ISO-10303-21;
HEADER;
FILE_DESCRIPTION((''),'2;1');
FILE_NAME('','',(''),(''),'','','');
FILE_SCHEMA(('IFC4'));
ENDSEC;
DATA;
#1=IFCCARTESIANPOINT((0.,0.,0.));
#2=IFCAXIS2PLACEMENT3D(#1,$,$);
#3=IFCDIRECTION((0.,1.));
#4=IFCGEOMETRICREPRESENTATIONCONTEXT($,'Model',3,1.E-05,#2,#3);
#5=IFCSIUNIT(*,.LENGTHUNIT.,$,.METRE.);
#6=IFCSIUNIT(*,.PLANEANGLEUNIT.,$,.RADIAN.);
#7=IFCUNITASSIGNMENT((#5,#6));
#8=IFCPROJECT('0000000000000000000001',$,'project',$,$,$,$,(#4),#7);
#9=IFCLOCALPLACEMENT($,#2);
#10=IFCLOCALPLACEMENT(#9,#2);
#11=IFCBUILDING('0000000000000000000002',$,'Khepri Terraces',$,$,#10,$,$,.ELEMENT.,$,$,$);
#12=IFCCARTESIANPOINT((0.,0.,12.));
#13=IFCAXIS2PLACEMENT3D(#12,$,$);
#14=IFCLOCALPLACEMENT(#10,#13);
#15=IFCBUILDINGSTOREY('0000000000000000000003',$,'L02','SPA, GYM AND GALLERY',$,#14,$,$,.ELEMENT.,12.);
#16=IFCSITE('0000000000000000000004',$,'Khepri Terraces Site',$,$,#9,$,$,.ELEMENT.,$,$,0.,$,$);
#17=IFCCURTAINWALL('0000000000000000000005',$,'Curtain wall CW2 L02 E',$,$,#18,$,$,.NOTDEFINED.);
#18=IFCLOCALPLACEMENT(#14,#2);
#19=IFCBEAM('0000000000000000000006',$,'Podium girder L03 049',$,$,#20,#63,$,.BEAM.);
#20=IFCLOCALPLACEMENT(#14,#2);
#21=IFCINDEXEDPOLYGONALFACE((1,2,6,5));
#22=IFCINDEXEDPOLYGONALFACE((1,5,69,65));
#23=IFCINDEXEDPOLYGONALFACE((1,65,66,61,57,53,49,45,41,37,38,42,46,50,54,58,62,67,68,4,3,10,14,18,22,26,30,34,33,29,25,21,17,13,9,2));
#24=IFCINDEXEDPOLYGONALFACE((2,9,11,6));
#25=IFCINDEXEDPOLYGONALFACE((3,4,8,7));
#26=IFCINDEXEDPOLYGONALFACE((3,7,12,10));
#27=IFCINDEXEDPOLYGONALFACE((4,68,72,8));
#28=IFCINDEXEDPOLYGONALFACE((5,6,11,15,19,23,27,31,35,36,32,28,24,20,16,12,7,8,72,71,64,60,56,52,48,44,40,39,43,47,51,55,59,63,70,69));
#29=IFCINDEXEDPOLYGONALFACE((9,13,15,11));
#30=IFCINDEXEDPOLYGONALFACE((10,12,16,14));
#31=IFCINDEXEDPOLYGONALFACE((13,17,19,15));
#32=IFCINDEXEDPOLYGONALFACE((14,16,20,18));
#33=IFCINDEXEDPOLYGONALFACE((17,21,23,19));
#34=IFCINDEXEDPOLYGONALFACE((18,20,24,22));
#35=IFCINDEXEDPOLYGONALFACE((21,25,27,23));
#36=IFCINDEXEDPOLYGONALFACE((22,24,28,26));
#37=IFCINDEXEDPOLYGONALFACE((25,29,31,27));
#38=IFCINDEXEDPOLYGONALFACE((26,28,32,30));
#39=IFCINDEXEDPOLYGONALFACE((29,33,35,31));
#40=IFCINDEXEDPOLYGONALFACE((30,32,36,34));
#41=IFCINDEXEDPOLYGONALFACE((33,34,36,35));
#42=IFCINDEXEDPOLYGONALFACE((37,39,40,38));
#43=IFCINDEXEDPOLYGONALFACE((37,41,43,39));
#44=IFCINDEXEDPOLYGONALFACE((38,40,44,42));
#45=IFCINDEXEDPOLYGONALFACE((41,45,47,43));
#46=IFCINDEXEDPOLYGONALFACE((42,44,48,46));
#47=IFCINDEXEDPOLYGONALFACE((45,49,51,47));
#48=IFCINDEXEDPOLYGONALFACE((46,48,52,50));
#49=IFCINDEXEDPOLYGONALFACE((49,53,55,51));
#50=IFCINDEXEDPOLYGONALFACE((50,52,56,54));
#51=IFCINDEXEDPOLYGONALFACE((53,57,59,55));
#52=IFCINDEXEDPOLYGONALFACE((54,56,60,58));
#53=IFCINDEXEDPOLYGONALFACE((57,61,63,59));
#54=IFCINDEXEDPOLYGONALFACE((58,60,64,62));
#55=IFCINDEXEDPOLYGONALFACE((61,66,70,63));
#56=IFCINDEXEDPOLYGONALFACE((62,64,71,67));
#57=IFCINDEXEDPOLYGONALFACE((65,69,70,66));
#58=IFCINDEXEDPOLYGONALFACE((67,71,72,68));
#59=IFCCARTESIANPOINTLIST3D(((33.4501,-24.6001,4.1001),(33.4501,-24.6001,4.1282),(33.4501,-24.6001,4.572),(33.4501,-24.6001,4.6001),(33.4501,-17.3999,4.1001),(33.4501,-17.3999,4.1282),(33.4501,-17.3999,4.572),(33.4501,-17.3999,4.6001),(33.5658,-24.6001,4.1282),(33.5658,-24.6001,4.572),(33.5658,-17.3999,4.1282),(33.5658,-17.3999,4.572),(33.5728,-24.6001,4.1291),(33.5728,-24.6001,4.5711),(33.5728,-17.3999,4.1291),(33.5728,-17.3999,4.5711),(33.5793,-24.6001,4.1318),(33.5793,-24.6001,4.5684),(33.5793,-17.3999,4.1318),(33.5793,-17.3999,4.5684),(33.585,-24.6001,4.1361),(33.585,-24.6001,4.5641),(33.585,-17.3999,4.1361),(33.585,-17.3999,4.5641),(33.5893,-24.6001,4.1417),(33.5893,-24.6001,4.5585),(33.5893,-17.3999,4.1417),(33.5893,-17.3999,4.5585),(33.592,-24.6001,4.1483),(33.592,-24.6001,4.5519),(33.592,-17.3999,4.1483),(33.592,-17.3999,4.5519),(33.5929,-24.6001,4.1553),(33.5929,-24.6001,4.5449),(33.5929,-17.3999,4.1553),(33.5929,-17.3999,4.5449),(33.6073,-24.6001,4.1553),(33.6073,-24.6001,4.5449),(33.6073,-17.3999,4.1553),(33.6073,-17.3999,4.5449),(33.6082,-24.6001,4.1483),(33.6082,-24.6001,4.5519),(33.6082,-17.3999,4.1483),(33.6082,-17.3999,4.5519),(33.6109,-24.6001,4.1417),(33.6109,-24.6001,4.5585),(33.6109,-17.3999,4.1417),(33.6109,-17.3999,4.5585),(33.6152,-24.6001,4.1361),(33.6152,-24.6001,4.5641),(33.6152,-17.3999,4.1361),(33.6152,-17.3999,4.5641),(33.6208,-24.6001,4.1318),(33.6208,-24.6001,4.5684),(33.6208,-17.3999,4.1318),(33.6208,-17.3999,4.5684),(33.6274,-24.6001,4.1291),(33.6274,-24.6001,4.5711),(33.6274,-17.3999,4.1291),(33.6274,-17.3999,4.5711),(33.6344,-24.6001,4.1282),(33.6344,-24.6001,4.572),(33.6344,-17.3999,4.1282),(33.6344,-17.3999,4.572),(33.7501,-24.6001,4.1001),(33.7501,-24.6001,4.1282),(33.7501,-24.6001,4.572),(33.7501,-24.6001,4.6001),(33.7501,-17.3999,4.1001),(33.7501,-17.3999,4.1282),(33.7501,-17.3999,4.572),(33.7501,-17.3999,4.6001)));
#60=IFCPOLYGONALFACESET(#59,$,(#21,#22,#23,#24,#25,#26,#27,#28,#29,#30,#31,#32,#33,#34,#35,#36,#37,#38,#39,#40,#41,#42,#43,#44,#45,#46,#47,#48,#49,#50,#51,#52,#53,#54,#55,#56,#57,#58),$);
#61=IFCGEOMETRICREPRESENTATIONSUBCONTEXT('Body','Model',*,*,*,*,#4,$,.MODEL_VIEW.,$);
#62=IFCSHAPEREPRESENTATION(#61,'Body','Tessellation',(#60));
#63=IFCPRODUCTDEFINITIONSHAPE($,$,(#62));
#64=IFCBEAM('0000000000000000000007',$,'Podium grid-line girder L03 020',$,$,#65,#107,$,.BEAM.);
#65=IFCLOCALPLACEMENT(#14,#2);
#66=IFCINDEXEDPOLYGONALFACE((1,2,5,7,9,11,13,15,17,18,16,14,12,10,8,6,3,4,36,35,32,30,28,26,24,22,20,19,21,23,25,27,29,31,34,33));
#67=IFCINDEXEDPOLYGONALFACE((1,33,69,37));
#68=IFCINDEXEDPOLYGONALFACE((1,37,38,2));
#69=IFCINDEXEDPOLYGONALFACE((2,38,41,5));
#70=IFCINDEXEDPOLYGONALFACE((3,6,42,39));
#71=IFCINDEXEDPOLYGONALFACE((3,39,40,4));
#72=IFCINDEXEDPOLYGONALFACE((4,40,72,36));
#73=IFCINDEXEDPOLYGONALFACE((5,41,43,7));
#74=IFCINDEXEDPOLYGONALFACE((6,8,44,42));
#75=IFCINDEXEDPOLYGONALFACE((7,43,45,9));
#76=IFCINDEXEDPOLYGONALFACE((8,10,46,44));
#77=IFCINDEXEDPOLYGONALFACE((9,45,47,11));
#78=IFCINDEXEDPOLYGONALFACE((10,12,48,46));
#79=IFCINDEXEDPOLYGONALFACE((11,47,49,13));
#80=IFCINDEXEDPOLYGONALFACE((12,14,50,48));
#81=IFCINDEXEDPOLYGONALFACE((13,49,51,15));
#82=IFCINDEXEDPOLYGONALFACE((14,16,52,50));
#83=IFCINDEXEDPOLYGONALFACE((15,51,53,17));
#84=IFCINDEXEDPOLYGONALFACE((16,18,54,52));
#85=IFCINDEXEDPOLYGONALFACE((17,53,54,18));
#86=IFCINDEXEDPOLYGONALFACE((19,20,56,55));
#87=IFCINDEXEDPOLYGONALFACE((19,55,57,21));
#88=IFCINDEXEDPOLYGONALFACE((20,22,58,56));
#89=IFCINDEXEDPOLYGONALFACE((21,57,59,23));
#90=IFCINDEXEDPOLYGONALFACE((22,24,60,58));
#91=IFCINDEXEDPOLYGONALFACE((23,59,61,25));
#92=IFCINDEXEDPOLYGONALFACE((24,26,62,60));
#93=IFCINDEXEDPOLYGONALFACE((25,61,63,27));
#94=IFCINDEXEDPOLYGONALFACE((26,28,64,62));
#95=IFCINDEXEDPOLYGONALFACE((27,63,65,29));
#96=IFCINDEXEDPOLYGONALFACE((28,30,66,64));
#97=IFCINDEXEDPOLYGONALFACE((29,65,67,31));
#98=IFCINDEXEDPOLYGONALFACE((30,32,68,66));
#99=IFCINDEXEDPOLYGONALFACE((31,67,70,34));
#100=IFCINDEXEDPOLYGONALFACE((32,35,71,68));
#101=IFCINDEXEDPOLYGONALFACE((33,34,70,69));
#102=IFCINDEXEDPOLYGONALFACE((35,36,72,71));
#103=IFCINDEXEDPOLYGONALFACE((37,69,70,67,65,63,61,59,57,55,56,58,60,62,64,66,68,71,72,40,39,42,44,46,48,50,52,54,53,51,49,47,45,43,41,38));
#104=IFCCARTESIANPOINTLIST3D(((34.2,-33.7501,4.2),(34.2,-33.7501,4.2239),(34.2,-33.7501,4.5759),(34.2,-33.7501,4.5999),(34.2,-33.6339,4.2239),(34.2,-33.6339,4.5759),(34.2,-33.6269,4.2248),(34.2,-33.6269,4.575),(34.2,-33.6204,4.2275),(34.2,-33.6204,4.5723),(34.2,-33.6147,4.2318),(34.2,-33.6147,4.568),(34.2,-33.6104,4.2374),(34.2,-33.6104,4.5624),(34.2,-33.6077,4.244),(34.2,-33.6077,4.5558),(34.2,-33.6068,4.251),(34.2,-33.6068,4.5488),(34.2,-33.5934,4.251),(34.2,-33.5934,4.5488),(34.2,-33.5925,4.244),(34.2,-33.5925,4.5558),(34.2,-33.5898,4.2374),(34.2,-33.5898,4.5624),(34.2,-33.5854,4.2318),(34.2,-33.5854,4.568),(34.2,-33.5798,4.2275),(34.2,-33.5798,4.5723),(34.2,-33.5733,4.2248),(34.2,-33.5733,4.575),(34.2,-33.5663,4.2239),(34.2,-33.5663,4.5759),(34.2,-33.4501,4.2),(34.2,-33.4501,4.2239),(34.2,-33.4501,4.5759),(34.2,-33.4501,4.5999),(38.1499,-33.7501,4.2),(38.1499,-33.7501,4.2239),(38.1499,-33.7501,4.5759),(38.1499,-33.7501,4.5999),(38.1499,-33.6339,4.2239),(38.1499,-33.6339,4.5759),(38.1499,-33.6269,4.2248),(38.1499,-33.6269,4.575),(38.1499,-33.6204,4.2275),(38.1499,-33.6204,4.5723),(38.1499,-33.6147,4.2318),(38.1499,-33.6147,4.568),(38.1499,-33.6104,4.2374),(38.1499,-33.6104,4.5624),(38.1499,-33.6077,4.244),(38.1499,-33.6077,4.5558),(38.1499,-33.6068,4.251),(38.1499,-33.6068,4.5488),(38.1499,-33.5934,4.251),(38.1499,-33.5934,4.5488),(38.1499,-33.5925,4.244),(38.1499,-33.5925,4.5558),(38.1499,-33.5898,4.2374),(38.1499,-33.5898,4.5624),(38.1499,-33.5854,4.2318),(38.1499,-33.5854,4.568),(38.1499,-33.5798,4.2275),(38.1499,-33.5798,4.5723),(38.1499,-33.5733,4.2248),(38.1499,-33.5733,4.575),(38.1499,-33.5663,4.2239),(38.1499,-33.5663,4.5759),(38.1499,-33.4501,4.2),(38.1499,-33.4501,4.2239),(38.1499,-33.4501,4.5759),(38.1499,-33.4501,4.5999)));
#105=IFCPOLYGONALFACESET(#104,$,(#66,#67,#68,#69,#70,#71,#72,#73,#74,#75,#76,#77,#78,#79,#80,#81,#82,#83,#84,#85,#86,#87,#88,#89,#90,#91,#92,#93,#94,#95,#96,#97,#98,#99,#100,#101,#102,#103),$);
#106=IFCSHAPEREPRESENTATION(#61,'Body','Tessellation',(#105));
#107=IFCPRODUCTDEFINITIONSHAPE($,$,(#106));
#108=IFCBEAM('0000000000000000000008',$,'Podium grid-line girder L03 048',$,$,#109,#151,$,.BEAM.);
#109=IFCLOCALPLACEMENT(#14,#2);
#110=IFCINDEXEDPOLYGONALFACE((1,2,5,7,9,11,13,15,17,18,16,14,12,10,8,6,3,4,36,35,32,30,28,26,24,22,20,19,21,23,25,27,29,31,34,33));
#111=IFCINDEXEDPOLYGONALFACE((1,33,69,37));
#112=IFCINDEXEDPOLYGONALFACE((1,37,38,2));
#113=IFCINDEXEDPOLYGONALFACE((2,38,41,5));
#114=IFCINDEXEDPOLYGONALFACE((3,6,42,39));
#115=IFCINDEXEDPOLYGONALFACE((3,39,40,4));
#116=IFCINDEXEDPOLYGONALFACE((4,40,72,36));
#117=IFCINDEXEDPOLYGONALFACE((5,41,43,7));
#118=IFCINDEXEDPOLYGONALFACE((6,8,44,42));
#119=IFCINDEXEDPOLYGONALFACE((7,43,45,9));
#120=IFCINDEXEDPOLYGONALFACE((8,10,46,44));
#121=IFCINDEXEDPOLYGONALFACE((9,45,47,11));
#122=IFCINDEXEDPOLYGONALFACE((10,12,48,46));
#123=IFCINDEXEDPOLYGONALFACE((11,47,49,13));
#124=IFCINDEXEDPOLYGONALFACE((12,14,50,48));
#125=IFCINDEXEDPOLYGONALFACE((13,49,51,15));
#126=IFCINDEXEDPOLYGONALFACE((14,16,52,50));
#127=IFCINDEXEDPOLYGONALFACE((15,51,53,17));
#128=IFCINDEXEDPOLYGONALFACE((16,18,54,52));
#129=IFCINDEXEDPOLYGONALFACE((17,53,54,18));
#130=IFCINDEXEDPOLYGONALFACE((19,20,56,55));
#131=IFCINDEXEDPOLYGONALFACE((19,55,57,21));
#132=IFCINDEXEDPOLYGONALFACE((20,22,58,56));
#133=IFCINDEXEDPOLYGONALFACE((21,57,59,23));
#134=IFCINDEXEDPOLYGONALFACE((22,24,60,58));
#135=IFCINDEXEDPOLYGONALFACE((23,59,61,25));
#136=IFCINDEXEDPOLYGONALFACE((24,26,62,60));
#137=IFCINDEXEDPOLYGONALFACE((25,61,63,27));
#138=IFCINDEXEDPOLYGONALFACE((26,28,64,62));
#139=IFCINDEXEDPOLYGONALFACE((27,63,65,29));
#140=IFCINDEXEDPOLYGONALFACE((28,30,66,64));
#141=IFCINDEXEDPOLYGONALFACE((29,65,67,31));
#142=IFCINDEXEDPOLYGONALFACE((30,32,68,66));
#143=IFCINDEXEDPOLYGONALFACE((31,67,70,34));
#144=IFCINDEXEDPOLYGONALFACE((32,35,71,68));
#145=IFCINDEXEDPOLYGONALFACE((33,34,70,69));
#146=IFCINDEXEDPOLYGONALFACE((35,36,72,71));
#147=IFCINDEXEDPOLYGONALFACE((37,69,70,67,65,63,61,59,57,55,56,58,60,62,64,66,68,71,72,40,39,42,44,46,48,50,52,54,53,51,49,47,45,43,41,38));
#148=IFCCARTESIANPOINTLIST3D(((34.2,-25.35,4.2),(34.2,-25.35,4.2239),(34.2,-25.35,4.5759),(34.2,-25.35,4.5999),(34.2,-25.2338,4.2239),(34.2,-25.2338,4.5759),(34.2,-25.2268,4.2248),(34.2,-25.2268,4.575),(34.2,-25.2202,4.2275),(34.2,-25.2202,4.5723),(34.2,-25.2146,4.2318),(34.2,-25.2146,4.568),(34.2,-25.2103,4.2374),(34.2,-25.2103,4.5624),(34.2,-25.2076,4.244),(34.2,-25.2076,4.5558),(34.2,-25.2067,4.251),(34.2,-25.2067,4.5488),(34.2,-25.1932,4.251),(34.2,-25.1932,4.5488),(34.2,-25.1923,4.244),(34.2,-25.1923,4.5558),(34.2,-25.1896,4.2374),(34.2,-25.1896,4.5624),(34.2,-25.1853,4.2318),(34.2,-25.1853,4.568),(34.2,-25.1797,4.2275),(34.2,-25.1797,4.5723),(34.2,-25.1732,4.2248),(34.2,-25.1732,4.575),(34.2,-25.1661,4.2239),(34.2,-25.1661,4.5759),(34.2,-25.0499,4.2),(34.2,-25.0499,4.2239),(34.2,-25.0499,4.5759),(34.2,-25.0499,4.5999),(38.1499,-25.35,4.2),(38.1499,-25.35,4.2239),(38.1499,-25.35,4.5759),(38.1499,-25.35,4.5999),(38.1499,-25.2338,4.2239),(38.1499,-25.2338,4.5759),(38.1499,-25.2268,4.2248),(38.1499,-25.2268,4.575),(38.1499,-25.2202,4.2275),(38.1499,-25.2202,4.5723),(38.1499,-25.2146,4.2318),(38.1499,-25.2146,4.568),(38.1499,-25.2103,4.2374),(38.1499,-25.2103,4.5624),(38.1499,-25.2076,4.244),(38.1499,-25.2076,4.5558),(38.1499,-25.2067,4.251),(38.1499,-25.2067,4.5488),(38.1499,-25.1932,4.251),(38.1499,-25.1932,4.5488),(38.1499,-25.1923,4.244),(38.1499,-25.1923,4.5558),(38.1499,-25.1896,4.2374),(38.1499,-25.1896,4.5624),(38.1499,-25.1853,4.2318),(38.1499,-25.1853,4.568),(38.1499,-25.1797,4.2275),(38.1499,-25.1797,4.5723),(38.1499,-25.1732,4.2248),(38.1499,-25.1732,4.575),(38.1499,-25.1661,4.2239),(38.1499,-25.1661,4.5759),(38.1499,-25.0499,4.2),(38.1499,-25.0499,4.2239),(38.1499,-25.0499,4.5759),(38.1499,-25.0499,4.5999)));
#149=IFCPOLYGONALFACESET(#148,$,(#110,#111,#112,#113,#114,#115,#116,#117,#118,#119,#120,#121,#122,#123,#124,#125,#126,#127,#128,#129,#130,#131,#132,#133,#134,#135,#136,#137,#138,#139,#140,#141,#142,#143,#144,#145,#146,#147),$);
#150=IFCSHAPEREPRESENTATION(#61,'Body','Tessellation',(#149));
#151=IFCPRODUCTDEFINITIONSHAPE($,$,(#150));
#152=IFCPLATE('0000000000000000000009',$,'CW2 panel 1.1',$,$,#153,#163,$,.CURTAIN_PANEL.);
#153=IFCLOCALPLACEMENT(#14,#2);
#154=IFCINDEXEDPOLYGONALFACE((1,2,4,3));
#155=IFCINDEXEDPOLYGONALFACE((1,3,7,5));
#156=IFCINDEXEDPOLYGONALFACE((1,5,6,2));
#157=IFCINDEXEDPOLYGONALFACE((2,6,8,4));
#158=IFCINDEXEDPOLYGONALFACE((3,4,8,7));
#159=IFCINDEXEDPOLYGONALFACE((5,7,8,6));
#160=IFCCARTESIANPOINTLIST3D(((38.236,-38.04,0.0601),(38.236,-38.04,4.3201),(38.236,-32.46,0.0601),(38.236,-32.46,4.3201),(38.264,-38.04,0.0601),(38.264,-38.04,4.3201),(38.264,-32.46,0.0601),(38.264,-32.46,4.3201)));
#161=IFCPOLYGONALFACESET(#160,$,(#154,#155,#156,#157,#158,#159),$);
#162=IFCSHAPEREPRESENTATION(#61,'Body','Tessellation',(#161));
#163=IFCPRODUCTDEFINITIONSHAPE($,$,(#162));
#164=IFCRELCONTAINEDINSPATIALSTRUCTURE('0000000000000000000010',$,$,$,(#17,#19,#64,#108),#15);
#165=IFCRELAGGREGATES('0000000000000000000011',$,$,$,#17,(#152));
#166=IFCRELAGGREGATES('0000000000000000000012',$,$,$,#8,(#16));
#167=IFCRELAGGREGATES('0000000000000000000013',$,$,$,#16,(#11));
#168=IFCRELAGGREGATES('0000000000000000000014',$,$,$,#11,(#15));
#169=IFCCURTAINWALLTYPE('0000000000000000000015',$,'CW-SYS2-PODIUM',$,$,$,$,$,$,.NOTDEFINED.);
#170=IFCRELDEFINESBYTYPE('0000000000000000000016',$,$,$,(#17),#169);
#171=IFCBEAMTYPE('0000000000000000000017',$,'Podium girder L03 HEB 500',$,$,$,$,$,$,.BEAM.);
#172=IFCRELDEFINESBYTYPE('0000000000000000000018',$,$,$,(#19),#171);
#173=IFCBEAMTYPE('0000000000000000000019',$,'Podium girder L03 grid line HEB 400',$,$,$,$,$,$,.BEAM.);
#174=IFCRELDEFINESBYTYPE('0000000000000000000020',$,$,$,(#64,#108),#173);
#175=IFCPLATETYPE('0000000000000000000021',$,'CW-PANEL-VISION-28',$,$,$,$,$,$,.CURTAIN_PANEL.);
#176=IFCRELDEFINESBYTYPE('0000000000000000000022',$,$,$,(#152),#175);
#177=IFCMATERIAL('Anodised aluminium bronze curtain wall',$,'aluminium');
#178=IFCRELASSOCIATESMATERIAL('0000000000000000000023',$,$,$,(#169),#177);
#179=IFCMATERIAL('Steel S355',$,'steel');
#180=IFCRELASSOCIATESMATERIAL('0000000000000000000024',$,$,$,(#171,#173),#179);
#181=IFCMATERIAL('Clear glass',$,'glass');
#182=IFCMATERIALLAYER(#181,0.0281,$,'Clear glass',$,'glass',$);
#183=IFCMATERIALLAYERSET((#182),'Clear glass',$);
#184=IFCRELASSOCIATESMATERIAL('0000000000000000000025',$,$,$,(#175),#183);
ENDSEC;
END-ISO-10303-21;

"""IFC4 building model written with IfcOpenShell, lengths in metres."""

from ifc_helpers import new_model, si_unit, direction, frame, origin, origin_2d, place, context, subcontext, project, spatial, rectangle, i_section, extrude, material, layer, layer_set, material_profile, profile_set, type_object, element, aggregate, save


model = new_model("IFC4")

# Units and contexts
model_context = context("Model", 3, precision=1e-05, world=origin(), true_north=direction((0.0, 1.0)))
body_context = subcontext(model_context, "Body", "Model", "MODEL_VIEW")
ifc_project = project(units=[si_unit("LENGTHUNIT", "METRE"), si_unit("PLANEANGLEUNIT", "RADIAN")], contexts=[model_context])

# Site, building, storey
site_placement = place(None, origin())
site = spatial("IfcSite", under=ifc_project, at=site_placement, Name="Khepri Terraces Site", CompositionType="ELEMENT", RefElevation=0.0)
building_placement = place(site_placement, origin())
building = spatial("IfcBuilding", under=site, at=building_placement, Name="Khepri Terraces", CompositionType="ELEMENT")
storey_placement = place(building_placement, frame((0.0, 0.0, 12.0)))
storey = spatial("IfcBuildingStorey", under=building, at=storey_placement, Name="L02", Description="SPA, GYM AND GALLERY", CompositionType="ELEMENT", Elevation=12.0)

# Curtain wall
ifc_material_1 = material(Name="Anodised aluminium bronze curtain wall", Category="aluminium")
curtain_wall_type = type_object("IfcCurtainWallType", Name="CW-SYS2-PODIUM", PredefinedType="NOTDEFINED", material=ifc_material_1)
curtain_wall_placement = place(storey_placement, origin())
curtain_wall = element("IfcCurtainWall", 1, at=curtain_wall_placement, inside=storey, type_object=curtain_wall_type, Name="Curtain wall CW2 L02 E", PredefinedType="NOTDEFINED")

# Beams
ifc_material_2 = material(Name="Steel S355", Category="steel")
ifc_material_profile_1 = material_profile(ifc_material_2, i_section(OverallWidth=0.3, OverallDepth=0.5, WebThickness=0.0144, FlangeThickness=0.0281, FilletRadius=0.0271, at=origin_2d()), Name="Steel S355", Category="steel")
ifc_profile_set_1 = profile_set([ifc_material_profile_1], Name="Steel S355")
beam_type_1 = type_object("IfcBeamType", Name="Podium girder L03 HEB 500", PredefinedType="BEAM", material=ifc_profile_set_1)
beam_1_placement = place(storey_placement, frame((33.6001, -24.6001, 4.3501), z_axis=(0.0, 1.0, 0.0), x_axis=(-1.0, 0.0, 0.0)))
element("IfcBeam", 2, at=beam_1_placement, inside=storey, type_object=beam_type_1, Name="Podium girder L03 049", PredefinedType="BEAM", context=body_context, shape_type="SweptSolid", body=[
    extrude(i_section(OverallWidth=0.3, OverallDepth=0.5, WebThickness=0.0144, FlangeThickness=0.0281, FilletRadius=0.0271, at=origin_2d()), origin(), (0.0, 0.0, 1.0), 7.2002),
])
ifc_material_profile_2 = material_profile(ifc_material_2, i_section(OverallWidth=0.3, OverallDepth=0.3999, WebThickness=0.0134, FlangeThickness=0.0239, FilletRadius=0.0271, at=origin_2d()), Name="Steel S355", Category="steel")
ifc_profile_set_2 = profile_set([ifc_material_profile_2], Name="Steel S355")
beam_type_2 = type_object("IfcBeamType", Name="Podium girder L03 grid line HEB 400", PredefinedType="BEAM", material=ifc_profile_set_2)
for number, where, z_axis, x_axis, name in (
    (3, (34.2, -33.6001, 4.3999), (1.0, 0.0, 0.0), (0.0, 1.0, 0.0), "Podium grid-line girder L03 020"),
    (4, (34.2, -25.2, 4.3999), (1.0, 0.0, 0.0), (0.0, 1.0, 0.0), "Podium grid-line girder L03 048"),
):
    element("IfcBeam", number, at=place(storey_placement, frame(where, z_axis=z_axis, x_axis=x_axis)), inside=storey, type_object=beam_type_2, Name=name, PredefinedType="BEAM", context=body_context, shape_type="SweptSolid", body=[
        extrude(i_section(OverallWidth=0.3, OverallDepth=0.3999, WebThickness=0.0134, FlangeThickness=0.0239, FilletRadius=0.0271, at=origin_2d()), origin(), (0.0, 0.0, 1.0), 3.95),
    ])

# Plate
ifc_material_3 = material(Name="Clear glass", Category="glass")
ifc_layer_1 = layer(ifc_material_3, 0.0281, Name="Clear glass", Category="glass")
ifc_layer_set_1 = layer_set([ifc_layer_1], Name="Clear glass")
plate_type = type_object("IfcPlateType", Name="CW-PANEL-VISION-28", PredefinedType="CURTAIN_PANEL", material=ifc_layer_set_1)
plate_placement = place(storey_placement, frame((38.25, -35.25, 0.0601), z_axis=(0.0, 0.0, 1.0), x_axis=(0.0, 1.0, 0.0)))
plate = element("IfcPlate", 5, at=plate_placement, type_object=plate_type, Name="CW2 panel 1.1", PredefinedType="CURTAIN_PANEL", context=body_context, shape_type="SweptSolid", body=[
    extrude(rectangle(XDim=5.5801, YDim=0.0281, at=origin_2d()), origin(), (0.0, 0.0, 1.0), 4.26),
])
aggregate(curtain_wall, [plate])

save(model, "model.ifc")
